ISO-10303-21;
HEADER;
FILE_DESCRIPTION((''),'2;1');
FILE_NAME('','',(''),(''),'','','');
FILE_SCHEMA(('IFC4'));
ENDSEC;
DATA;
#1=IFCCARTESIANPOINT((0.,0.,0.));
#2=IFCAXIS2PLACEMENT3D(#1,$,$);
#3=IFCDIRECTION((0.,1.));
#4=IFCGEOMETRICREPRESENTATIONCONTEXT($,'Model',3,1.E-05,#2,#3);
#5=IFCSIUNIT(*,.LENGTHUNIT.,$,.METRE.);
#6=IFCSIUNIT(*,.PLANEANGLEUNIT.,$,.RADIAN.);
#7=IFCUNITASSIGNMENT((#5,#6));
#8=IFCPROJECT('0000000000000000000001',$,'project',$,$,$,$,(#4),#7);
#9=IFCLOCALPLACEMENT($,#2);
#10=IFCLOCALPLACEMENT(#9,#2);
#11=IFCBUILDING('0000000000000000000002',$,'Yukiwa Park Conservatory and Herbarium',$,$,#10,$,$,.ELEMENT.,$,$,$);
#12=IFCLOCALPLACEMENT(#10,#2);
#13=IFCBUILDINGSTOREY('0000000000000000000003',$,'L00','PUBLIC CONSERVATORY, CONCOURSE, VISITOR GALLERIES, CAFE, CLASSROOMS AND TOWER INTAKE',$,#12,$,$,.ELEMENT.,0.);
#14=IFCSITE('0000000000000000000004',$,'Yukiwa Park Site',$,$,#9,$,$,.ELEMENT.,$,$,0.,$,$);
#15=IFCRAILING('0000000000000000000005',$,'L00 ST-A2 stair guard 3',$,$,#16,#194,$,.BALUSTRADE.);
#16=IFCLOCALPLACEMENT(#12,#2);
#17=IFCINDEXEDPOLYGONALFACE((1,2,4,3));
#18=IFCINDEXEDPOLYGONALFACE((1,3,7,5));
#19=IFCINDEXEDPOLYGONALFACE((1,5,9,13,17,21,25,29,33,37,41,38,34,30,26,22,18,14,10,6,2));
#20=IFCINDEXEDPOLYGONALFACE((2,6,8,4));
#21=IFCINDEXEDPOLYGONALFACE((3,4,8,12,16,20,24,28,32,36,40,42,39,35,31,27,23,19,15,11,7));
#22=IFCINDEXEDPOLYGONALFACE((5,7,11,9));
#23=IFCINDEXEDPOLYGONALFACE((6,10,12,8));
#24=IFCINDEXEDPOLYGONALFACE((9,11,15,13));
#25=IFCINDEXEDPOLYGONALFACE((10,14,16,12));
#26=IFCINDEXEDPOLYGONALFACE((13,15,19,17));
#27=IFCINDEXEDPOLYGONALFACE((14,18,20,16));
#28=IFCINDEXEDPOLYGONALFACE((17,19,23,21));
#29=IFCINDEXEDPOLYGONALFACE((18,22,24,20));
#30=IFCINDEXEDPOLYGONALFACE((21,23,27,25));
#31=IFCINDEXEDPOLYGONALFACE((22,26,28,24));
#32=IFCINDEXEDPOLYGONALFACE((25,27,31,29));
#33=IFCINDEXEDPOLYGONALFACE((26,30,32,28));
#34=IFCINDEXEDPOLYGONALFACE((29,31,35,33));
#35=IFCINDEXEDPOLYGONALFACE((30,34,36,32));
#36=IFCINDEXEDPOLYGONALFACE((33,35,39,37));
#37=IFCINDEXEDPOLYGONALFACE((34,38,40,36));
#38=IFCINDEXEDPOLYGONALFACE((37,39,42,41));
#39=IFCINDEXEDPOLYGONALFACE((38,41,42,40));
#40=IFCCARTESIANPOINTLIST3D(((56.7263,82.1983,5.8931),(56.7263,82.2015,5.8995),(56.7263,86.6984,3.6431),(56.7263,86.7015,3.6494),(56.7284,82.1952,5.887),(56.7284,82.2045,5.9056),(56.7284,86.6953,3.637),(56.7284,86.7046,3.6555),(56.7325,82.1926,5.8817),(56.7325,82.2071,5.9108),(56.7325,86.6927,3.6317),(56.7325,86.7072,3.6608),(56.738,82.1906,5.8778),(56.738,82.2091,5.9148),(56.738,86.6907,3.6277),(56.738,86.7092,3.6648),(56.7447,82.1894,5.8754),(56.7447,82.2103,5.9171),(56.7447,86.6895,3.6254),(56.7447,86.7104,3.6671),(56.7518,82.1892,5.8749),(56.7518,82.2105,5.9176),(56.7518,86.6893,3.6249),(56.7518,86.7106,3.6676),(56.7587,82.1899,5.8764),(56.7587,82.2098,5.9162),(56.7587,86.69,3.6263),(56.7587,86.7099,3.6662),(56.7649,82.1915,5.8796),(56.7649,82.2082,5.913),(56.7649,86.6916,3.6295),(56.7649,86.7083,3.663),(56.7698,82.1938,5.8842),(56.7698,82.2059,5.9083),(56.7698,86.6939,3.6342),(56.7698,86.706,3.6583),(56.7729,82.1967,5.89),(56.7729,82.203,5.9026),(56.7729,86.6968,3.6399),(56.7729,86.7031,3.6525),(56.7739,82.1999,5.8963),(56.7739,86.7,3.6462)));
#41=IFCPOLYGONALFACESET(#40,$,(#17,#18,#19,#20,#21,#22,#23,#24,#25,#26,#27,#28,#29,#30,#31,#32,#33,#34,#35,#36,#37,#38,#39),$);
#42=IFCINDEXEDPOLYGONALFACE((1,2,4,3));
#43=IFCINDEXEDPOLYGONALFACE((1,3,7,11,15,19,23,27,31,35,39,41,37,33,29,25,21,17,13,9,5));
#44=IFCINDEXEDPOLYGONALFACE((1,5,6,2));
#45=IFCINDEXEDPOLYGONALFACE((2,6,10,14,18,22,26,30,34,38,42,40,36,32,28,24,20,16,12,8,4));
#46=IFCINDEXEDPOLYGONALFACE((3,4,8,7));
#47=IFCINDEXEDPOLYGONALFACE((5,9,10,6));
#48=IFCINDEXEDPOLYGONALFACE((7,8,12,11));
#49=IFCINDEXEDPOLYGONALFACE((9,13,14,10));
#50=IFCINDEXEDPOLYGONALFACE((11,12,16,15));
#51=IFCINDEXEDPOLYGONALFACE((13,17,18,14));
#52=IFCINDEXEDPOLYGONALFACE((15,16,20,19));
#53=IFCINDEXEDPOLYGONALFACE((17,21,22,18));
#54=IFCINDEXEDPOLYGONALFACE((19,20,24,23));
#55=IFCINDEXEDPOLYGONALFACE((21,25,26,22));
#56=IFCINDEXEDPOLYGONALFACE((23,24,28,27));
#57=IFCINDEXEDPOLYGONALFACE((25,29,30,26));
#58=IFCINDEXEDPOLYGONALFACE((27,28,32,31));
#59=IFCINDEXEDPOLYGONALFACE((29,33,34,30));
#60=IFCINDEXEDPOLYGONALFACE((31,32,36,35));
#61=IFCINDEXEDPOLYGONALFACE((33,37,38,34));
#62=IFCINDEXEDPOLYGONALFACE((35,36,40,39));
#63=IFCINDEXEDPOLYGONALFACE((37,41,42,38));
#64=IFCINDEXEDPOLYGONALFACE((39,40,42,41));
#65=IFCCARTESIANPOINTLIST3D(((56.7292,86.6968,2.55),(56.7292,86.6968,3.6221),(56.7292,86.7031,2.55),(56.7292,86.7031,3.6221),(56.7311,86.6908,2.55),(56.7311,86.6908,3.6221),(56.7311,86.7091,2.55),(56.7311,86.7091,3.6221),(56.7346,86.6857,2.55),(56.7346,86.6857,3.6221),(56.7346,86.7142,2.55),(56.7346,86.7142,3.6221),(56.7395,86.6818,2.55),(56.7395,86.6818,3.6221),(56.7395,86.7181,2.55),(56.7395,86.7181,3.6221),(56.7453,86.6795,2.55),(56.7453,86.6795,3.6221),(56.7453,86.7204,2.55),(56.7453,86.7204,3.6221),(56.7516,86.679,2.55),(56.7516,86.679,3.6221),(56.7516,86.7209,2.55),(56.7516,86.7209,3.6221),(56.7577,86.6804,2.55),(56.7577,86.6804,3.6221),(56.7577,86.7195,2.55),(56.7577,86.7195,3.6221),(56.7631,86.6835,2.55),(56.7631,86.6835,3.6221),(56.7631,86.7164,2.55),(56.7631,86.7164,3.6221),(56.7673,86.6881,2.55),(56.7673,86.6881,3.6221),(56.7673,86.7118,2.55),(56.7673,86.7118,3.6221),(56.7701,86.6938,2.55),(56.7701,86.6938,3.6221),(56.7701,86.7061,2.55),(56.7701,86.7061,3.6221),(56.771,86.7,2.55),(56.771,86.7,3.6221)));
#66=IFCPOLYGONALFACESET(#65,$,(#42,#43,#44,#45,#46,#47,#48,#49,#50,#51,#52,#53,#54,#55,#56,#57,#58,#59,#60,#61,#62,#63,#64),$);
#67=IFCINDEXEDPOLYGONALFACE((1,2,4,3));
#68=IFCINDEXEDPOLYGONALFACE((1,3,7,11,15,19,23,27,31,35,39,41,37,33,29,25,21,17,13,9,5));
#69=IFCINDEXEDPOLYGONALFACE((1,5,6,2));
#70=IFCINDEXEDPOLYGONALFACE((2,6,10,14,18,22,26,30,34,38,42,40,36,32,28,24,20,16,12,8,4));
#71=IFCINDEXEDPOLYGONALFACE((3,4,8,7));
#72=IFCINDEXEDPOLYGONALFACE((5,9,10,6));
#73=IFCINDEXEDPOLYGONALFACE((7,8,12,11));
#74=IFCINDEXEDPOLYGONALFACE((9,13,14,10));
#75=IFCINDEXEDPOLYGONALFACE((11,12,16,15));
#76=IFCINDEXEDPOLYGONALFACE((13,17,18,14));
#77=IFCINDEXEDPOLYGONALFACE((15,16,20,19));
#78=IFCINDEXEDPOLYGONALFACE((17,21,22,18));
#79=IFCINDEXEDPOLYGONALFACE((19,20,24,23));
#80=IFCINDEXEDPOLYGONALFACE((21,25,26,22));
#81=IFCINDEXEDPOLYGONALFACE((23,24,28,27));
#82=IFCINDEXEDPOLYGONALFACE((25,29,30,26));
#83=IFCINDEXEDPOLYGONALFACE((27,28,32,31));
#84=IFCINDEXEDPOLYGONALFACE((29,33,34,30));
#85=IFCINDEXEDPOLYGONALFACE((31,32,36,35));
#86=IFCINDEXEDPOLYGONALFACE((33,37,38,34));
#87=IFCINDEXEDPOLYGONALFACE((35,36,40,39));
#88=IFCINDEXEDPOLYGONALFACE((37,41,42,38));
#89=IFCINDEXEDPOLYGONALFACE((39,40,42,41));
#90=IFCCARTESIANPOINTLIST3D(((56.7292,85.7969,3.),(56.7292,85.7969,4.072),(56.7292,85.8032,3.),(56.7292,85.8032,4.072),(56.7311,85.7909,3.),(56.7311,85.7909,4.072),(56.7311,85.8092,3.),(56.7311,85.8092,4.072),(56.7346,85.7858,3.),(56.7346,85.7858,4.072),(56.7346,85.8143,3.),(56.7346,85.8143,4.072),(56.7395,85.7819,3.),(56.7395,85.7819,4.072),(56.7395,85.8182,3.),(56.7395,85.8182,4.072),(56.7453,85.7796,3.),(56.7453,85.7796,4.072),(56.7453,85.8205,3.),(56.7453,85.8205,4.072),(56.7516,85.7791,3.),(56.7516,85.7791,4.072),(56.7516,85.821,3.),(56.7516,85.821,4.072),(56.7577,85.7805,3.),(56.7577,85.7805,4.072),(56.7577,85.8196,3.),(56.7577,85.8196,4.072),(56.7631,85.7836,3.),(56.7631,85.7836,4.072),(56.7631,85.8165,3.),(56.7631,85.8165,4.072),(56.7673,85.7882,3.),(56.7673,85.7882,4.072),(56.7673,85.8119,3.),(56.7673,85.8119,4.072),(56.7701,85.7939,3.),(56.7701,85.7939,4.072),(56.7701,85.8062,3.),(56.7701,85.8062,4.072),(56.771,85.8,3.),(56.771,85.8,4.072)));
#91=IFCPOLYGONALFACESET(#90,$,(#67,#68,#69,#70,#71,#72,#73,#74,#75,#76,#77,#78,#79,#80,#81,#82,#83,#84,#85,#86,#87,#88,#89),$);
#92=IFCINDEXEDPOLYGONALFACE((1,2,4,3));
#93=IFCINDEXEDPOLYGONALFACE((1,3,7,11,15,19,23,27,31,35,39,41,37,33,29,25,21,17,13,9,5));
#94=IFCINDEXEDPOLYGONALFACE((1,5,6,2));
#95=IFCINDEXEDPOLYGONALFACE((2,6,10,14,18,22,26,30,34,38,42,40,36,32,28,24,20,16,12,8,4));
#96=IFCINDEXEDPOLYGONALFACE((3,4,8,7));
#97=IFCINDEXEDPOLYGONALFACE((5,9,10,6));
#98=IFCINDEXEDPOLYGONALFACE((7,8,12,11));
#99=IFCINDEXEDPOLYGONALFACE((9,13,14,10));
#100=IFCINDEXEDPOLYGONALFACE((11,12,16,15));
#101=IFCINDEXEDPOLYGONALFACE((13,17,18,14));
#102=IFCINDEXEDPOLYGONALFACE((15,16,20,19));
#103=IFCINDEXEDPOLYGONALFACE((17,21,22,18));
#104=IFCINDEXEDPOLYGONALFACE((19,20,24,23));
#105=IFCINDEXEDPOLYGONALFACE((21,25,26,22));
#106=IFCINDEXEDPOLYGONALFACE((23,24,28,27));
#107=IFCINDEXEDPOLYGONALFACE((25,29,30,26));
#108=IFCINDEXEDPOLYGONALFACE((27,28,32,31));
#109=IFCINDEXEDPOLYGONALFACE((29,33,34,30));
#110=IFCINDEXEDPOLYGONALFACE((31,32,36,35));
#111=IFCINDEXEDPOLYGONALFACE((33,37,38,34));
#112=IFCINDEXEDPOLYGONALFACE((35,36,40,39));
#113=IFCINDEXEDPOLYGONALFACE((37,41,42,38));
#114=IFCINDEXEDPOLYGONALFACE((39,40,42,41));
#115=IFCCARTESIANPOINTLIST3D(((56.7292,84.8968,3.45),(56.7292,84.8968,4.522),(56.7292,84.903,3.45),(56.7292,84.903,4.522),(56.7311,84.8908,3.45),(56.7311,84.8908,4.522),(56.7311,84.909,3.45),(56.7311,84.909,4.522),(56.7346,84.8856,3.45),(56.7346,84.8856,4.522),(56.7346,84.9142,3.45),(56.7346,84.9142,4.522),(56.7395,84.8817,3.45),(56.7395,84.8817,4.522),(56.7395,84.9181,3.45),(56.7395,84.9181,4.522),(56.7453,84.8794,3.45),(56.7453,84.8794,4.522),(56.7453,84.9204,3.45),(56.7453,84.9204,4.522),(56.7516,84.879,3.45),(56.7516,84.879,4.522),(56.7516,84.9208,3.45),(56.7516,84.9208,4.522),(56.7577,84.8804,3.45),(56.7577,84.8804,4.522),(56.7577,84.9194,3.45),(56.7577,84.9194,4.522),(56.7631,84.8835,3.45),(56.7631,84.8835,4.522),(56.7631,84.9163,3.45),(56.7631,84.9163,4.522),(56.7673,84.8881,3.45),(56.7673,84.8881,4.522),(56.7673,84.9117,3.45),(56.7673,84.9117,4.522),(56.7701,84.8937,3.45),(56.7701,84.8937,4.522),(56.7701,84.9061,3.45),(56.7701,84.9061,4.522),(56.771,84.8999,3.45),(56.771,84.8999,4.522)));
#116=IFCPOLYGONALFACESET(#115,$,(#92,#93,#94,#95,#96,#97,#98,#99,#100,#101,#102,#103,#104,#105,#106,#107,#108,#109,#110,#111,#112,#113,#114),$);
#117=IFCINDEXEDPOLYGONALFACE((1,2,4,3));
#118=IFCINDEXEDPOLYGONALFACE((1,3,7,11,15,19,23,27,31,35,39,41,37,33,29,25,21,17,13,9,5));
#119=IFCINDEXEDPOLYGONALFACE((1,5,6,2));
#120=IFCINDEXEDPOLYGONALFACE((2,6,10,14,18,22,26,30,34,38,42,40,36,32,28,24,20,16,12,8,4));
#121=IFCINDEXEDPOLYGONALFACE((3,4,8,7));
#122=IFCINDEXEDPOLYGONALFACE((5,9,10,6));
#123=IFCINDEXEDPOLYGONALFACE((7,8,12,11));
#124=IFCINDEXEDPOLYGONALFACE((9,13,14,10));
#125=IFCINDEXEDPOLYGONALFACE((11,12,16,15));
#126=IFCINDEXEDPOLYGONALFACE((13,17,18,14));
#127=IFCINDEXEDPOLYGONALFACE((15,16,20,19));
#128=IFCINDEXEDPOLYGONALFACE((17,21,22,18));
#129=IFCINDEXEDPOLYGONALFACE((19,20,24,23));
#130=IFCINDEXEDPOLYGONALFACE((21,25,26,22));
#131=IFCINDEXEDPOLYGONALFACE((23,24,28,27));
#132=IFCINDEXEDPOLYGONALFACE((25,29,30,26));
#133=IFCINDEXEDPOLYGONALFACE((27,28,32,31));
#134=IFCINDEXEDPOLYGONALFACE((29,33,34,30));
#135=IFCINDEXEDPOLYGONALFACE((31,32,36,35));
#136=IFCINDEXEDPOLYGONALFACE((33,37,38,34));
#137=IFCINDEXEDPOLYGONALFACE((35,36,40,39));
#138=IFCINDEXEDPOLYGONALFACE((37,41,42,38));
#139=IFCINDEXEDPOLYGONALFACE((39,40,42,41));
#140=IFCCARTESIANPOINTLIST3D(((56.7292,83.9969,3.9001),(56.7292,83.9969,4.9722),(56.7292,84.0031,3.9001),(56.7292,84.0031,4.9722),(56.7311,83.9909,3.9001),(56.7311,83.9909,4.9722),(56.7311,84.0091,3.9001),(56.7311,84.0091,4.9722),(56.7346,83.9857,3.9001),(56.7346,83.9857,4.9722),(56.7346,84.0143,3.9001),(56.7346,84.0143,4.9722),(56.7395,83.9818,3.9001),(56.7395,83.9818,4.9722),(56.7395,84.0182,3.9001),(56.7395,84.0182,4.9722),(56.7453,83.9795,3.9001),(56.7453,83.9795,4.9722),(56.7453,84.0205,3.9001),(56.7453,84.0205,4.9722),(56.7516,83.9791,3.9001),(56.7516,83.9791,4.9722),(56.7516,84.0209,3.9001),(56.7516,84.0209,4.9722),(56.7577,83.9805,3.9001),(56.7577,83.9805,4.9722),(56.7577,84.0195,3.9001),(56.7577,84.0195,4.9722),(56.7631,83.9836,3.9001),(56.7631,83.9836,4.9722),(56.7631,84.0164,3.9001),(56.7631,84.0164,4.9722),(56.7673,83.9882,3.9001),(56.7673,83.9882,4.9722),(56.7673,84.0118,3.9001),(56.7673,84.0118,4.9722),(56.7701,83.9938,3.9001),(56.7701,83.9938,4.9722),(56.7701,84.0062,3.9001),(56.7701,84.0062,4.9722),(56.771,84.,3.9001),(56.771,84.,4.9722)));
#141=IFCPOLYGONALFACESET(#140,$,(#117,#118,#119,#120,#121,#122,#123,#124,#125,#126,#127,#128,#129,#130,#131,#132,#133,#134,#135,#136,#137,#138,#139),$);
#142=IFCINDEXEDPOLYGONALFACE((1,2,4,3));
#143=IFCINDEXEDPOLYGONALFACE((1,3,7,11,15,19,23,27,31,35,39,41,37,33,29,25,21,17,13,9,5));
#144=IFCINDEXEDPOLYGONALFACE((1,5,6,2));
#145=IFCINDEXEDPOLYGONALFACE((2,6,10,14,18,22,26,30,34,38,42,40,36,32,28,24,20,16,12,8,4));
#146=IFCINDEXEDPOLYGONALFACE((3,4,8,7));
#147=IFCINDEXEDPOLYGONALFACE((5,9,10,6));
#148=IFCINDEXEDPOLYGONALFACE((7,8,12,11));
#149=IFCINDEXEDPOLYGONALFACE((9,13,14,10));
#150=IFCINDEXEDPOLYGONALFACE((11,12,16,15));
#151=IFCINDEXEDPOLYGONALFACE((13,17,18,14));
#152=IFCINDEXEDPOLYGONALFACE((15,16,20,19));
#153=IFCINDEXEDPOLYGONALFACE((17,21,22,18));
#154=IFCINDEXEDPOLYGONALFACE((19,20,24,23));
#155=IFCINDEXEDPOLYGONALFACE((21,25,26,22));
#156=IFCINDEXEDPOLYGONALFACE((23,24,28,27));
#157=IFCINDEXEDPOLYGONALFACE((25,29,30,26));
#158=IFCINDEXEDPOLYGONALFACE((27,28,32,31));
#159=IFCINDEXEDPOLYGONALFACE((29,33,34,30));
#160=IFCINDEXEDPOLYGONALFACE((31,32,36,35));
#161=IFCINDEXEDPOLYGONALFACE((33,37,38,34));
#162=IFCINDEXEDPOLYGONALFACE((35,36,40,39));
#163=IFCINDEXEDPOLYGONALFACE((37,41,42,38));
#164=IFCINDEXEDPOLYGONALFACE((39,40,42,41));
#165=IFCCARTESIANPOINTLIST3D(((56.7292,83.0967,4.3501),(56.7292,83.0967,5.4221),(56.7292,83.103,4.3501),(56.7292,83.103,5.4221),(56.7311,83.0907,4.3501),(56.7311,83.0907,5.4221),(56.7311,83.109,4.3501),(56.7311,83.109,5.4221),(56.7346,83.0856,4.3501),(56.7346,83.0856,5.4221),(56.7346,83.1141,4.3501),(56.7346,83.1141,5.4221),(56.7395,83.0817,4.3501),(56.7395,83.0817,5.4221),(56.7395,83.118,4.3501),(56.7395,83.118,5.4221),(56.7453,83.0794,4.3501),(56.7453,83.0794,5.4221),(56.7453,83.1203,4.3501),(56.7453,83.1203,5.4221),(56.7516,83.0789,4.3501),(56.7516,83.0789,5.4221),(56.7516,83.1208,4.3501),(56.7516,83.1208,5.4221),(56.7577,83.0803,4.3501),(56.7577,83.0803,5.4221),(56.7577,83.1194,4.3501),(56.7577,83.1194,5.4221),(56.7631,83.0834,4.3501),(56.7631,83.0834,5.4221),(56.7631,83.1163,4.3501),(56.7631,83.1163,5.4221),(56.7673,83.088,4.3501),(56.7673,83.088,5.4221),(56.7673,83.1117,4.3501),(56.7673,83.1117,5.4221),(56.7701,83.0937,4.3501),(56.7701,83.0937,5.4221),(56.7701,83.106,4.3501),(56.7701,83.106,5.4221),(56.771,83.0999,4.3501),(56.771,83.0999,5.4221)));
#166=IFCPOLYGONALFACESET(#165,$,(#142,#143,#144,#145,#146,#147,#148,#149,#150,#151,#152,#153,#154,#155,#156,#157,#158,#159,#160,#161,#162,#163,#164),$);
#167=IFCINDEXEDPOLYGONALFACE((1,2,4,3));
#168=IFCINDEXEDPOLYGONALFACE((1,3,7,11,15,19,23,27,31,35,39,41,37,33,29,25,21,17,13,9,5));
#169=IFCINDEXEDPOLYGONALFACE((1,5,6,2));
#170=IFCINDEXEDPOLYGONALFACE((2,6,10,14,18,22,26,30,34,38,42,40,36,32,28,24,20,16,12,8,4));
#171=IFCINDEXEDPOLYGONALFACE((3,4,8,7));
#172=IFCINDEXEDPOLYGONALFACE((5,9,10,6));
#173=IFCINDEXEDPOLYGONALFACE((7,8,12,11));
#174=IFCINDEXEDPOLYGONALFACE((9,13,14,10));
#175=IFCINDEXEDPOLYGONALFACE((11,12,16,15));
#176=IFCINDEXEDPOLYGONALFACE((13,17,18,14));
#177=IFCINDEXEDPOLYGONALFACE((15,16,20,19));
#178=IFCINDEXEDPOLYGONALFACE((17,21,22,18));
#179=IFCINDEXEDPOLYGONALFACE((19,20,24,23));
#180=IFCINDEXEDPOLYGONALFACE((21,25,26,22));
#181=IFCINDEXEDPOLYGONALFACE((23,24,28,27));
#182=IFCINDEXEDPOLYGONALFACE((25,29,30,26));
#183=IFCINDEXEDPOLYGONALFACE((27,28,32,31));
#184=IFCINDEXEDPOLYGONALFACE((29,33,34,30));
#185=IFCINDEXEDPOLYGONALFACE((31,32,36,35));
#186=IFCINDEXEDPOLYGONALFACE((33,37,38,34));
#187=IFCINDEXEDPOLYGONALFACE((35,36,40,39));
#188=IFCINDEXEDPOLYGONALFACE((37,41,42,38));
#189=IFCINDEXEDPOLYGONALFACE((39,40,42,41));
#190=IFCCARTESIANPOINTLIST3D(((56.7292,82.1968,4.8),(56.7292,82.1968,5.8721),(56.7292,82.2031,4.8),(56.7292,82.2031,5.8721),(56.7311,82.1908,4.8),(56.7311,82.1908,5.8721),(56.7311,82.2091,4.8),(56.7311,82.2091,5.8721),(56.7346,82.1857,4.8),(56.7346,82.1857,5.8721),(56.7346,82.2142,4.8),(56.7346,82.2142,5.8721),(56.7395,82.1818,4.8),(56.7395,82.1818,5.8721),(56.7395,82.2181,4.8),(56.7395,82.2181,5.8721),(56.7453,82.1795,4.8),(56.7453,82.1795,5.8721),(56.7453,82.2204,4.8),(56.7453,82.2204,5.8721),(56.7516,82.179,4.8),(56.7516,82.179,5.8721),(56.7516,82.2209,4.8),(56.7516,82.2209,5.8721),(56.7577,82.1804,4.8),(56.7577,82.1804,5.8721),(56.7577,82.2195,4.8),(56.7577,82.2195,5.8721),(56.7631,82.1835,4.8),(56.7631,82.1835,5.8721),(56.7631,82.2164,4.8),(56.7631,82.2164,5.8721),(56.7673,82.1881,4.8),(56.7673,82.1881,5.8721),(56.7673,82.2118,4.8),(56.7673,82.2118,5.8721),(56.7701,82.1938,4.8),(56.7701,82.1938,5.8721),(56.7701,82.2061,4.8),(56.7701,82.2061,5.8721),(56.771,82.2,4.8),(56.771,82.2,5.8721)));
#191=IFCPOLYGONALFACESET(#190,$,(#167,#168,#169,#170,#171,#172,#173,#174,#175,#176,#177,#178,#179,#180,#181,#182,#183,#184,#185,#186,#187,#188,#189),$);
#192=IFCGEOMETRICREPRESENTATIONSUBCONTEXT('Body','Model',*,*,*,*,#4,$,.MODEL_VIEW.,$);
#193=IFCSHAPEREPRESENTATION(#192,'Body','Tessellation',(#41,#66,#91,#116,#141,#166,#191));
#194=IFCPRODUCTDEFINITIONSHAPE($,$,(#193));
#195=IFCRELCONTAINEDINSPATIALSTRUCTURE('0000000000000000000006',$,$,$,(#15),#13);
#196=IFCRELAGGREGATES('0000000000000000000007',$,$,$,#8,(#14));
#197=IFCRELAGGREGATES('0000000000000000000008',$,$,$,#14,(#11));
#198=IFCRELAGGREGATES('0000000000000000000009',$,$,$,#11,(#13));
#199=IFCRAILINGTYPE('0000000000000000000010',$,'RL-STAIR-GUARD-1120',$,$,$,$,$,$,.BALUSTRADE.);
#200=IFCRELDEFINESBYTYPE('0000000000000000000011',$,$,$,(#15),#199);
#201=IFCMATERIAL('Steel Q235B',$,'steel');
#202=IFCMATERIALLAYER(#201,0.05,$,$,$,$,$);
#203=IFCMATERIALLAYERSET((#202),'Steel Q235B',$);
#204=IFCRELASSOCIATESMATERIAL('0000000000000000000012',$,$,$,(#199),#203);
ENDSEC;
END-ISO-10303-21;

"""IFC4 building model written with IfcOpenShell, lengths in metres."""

from ifc_helpers import new_model, si_unit, direction, frame, origin, origin_2d, place, context, subcontext, project, spatial, circle, extrude, material, layer, layer_set, type_object, element, save


model = new_model("IFC4")

# Units and contexts
model_context = context("Model", 3, precision=1e-05, world=origin(), true_north=direction((0.0, 1.0)))
body_context = subcontext(model_context, "Body", "Model", "MODEL_VIEW")
ifc_project = project(units=[si_unit("LENGTHUNIT", "METRE"), si_unit("PLANEANGLEUNIT", "RADIAN")], contexts=[model_context])

# Site, building, storey
site_placement = place(None, origin())
site = spatial("IfcSite", under=ifc_project, at=site_placement, Name="Yukiwa Park Site", CompositionType="ELEMENT", RefElevation=0.0)
building_placement = place(site_placement, origin())
building = spatial("IfcBuilding", under=site, at=building_placement, Name="Yukiwa Park Conservatory and Herbarium", CompositionType="ELEMENT")
storey_placement = place(building_placement, origin())
storey = spatial("IfcBuildingStorey", under=building, at=storey_placement, Name="L00", Description="PUBLIC CONSERVATORY, CONCOURSE, VISITOR GALLERIES, CAFE, CLASSROOMS AND TOWER INTAKE", CompositionType="ELEMENT", Elevation=0.0)

# Railing
ifc_material_1 = material(Name="Steel Q235B", Category="steel")
ifc_layer_1 = layer(ifc_material_1, 0.05)
ifc_layer_set_1 = layer_set([ifc_layer_1], Name="Steel Q235B")
railing_type_1 = type_object("IfcRailingType", Name="RL-STAIR-GUARD-1120", PredefinedType="BALUSTRADE", material=ifc_layer_set_1)
railing_1_placement = place(storey_placement, frame((56.75, 86.7, 2.55)))
element("IfcRailing", 1, at=railing_1_placement, inside=storey, type_object=railing_type_1, Name="L00 ST-A2 stair guard 3", PredefinedType="BALUSTRADE", context=body_context, shape_type="SweptSolid", body=[
    extrude(circle(Radius=0.0239, at=origin_2d()), frame((0.0, 0.0, 1.0962), z_axis=(0.0, -0.894427, 0.447214), x_axis=(1.0, 0.0, 0.0)), (0.0, 0.0, 1.0), 5.0312),
    extrude(circle(Radius=0.021, at=origin_2d()), origin(), (0.0, 0.0, 1.0), 1.072),
    extrude(circle(Radius=0.021, at=origin_2d()), frame((0.0, -0.8999, 0.45)), (0.0, 0.0, 1.0), 1.072),
    extrude(circle(Radius=0.021, at=origin_2d()), frame((0.0, -1.8, 0.8999)), (0.0, 0.0, 1.0), 1.072),
    extrude(circle(Radius=0.021, at=origin_2d()), frame((0.0, -2.7, 1.3501)), (0.0, 0.0, 1.0), 1.072),
    extrude(circle(Radius=0.021, at=origin_2d()), frame((0.0, -3.6001, 1.8)), (0.0, 0.0, 1.0), 1.072),
    extrude(circle(Radius=0.021, at=origin_2d()), frame((0.0, -4.5, 2.25)), (0.0, 0.0, 1.0), 1.072),
])

save(model, "model.ifc")
